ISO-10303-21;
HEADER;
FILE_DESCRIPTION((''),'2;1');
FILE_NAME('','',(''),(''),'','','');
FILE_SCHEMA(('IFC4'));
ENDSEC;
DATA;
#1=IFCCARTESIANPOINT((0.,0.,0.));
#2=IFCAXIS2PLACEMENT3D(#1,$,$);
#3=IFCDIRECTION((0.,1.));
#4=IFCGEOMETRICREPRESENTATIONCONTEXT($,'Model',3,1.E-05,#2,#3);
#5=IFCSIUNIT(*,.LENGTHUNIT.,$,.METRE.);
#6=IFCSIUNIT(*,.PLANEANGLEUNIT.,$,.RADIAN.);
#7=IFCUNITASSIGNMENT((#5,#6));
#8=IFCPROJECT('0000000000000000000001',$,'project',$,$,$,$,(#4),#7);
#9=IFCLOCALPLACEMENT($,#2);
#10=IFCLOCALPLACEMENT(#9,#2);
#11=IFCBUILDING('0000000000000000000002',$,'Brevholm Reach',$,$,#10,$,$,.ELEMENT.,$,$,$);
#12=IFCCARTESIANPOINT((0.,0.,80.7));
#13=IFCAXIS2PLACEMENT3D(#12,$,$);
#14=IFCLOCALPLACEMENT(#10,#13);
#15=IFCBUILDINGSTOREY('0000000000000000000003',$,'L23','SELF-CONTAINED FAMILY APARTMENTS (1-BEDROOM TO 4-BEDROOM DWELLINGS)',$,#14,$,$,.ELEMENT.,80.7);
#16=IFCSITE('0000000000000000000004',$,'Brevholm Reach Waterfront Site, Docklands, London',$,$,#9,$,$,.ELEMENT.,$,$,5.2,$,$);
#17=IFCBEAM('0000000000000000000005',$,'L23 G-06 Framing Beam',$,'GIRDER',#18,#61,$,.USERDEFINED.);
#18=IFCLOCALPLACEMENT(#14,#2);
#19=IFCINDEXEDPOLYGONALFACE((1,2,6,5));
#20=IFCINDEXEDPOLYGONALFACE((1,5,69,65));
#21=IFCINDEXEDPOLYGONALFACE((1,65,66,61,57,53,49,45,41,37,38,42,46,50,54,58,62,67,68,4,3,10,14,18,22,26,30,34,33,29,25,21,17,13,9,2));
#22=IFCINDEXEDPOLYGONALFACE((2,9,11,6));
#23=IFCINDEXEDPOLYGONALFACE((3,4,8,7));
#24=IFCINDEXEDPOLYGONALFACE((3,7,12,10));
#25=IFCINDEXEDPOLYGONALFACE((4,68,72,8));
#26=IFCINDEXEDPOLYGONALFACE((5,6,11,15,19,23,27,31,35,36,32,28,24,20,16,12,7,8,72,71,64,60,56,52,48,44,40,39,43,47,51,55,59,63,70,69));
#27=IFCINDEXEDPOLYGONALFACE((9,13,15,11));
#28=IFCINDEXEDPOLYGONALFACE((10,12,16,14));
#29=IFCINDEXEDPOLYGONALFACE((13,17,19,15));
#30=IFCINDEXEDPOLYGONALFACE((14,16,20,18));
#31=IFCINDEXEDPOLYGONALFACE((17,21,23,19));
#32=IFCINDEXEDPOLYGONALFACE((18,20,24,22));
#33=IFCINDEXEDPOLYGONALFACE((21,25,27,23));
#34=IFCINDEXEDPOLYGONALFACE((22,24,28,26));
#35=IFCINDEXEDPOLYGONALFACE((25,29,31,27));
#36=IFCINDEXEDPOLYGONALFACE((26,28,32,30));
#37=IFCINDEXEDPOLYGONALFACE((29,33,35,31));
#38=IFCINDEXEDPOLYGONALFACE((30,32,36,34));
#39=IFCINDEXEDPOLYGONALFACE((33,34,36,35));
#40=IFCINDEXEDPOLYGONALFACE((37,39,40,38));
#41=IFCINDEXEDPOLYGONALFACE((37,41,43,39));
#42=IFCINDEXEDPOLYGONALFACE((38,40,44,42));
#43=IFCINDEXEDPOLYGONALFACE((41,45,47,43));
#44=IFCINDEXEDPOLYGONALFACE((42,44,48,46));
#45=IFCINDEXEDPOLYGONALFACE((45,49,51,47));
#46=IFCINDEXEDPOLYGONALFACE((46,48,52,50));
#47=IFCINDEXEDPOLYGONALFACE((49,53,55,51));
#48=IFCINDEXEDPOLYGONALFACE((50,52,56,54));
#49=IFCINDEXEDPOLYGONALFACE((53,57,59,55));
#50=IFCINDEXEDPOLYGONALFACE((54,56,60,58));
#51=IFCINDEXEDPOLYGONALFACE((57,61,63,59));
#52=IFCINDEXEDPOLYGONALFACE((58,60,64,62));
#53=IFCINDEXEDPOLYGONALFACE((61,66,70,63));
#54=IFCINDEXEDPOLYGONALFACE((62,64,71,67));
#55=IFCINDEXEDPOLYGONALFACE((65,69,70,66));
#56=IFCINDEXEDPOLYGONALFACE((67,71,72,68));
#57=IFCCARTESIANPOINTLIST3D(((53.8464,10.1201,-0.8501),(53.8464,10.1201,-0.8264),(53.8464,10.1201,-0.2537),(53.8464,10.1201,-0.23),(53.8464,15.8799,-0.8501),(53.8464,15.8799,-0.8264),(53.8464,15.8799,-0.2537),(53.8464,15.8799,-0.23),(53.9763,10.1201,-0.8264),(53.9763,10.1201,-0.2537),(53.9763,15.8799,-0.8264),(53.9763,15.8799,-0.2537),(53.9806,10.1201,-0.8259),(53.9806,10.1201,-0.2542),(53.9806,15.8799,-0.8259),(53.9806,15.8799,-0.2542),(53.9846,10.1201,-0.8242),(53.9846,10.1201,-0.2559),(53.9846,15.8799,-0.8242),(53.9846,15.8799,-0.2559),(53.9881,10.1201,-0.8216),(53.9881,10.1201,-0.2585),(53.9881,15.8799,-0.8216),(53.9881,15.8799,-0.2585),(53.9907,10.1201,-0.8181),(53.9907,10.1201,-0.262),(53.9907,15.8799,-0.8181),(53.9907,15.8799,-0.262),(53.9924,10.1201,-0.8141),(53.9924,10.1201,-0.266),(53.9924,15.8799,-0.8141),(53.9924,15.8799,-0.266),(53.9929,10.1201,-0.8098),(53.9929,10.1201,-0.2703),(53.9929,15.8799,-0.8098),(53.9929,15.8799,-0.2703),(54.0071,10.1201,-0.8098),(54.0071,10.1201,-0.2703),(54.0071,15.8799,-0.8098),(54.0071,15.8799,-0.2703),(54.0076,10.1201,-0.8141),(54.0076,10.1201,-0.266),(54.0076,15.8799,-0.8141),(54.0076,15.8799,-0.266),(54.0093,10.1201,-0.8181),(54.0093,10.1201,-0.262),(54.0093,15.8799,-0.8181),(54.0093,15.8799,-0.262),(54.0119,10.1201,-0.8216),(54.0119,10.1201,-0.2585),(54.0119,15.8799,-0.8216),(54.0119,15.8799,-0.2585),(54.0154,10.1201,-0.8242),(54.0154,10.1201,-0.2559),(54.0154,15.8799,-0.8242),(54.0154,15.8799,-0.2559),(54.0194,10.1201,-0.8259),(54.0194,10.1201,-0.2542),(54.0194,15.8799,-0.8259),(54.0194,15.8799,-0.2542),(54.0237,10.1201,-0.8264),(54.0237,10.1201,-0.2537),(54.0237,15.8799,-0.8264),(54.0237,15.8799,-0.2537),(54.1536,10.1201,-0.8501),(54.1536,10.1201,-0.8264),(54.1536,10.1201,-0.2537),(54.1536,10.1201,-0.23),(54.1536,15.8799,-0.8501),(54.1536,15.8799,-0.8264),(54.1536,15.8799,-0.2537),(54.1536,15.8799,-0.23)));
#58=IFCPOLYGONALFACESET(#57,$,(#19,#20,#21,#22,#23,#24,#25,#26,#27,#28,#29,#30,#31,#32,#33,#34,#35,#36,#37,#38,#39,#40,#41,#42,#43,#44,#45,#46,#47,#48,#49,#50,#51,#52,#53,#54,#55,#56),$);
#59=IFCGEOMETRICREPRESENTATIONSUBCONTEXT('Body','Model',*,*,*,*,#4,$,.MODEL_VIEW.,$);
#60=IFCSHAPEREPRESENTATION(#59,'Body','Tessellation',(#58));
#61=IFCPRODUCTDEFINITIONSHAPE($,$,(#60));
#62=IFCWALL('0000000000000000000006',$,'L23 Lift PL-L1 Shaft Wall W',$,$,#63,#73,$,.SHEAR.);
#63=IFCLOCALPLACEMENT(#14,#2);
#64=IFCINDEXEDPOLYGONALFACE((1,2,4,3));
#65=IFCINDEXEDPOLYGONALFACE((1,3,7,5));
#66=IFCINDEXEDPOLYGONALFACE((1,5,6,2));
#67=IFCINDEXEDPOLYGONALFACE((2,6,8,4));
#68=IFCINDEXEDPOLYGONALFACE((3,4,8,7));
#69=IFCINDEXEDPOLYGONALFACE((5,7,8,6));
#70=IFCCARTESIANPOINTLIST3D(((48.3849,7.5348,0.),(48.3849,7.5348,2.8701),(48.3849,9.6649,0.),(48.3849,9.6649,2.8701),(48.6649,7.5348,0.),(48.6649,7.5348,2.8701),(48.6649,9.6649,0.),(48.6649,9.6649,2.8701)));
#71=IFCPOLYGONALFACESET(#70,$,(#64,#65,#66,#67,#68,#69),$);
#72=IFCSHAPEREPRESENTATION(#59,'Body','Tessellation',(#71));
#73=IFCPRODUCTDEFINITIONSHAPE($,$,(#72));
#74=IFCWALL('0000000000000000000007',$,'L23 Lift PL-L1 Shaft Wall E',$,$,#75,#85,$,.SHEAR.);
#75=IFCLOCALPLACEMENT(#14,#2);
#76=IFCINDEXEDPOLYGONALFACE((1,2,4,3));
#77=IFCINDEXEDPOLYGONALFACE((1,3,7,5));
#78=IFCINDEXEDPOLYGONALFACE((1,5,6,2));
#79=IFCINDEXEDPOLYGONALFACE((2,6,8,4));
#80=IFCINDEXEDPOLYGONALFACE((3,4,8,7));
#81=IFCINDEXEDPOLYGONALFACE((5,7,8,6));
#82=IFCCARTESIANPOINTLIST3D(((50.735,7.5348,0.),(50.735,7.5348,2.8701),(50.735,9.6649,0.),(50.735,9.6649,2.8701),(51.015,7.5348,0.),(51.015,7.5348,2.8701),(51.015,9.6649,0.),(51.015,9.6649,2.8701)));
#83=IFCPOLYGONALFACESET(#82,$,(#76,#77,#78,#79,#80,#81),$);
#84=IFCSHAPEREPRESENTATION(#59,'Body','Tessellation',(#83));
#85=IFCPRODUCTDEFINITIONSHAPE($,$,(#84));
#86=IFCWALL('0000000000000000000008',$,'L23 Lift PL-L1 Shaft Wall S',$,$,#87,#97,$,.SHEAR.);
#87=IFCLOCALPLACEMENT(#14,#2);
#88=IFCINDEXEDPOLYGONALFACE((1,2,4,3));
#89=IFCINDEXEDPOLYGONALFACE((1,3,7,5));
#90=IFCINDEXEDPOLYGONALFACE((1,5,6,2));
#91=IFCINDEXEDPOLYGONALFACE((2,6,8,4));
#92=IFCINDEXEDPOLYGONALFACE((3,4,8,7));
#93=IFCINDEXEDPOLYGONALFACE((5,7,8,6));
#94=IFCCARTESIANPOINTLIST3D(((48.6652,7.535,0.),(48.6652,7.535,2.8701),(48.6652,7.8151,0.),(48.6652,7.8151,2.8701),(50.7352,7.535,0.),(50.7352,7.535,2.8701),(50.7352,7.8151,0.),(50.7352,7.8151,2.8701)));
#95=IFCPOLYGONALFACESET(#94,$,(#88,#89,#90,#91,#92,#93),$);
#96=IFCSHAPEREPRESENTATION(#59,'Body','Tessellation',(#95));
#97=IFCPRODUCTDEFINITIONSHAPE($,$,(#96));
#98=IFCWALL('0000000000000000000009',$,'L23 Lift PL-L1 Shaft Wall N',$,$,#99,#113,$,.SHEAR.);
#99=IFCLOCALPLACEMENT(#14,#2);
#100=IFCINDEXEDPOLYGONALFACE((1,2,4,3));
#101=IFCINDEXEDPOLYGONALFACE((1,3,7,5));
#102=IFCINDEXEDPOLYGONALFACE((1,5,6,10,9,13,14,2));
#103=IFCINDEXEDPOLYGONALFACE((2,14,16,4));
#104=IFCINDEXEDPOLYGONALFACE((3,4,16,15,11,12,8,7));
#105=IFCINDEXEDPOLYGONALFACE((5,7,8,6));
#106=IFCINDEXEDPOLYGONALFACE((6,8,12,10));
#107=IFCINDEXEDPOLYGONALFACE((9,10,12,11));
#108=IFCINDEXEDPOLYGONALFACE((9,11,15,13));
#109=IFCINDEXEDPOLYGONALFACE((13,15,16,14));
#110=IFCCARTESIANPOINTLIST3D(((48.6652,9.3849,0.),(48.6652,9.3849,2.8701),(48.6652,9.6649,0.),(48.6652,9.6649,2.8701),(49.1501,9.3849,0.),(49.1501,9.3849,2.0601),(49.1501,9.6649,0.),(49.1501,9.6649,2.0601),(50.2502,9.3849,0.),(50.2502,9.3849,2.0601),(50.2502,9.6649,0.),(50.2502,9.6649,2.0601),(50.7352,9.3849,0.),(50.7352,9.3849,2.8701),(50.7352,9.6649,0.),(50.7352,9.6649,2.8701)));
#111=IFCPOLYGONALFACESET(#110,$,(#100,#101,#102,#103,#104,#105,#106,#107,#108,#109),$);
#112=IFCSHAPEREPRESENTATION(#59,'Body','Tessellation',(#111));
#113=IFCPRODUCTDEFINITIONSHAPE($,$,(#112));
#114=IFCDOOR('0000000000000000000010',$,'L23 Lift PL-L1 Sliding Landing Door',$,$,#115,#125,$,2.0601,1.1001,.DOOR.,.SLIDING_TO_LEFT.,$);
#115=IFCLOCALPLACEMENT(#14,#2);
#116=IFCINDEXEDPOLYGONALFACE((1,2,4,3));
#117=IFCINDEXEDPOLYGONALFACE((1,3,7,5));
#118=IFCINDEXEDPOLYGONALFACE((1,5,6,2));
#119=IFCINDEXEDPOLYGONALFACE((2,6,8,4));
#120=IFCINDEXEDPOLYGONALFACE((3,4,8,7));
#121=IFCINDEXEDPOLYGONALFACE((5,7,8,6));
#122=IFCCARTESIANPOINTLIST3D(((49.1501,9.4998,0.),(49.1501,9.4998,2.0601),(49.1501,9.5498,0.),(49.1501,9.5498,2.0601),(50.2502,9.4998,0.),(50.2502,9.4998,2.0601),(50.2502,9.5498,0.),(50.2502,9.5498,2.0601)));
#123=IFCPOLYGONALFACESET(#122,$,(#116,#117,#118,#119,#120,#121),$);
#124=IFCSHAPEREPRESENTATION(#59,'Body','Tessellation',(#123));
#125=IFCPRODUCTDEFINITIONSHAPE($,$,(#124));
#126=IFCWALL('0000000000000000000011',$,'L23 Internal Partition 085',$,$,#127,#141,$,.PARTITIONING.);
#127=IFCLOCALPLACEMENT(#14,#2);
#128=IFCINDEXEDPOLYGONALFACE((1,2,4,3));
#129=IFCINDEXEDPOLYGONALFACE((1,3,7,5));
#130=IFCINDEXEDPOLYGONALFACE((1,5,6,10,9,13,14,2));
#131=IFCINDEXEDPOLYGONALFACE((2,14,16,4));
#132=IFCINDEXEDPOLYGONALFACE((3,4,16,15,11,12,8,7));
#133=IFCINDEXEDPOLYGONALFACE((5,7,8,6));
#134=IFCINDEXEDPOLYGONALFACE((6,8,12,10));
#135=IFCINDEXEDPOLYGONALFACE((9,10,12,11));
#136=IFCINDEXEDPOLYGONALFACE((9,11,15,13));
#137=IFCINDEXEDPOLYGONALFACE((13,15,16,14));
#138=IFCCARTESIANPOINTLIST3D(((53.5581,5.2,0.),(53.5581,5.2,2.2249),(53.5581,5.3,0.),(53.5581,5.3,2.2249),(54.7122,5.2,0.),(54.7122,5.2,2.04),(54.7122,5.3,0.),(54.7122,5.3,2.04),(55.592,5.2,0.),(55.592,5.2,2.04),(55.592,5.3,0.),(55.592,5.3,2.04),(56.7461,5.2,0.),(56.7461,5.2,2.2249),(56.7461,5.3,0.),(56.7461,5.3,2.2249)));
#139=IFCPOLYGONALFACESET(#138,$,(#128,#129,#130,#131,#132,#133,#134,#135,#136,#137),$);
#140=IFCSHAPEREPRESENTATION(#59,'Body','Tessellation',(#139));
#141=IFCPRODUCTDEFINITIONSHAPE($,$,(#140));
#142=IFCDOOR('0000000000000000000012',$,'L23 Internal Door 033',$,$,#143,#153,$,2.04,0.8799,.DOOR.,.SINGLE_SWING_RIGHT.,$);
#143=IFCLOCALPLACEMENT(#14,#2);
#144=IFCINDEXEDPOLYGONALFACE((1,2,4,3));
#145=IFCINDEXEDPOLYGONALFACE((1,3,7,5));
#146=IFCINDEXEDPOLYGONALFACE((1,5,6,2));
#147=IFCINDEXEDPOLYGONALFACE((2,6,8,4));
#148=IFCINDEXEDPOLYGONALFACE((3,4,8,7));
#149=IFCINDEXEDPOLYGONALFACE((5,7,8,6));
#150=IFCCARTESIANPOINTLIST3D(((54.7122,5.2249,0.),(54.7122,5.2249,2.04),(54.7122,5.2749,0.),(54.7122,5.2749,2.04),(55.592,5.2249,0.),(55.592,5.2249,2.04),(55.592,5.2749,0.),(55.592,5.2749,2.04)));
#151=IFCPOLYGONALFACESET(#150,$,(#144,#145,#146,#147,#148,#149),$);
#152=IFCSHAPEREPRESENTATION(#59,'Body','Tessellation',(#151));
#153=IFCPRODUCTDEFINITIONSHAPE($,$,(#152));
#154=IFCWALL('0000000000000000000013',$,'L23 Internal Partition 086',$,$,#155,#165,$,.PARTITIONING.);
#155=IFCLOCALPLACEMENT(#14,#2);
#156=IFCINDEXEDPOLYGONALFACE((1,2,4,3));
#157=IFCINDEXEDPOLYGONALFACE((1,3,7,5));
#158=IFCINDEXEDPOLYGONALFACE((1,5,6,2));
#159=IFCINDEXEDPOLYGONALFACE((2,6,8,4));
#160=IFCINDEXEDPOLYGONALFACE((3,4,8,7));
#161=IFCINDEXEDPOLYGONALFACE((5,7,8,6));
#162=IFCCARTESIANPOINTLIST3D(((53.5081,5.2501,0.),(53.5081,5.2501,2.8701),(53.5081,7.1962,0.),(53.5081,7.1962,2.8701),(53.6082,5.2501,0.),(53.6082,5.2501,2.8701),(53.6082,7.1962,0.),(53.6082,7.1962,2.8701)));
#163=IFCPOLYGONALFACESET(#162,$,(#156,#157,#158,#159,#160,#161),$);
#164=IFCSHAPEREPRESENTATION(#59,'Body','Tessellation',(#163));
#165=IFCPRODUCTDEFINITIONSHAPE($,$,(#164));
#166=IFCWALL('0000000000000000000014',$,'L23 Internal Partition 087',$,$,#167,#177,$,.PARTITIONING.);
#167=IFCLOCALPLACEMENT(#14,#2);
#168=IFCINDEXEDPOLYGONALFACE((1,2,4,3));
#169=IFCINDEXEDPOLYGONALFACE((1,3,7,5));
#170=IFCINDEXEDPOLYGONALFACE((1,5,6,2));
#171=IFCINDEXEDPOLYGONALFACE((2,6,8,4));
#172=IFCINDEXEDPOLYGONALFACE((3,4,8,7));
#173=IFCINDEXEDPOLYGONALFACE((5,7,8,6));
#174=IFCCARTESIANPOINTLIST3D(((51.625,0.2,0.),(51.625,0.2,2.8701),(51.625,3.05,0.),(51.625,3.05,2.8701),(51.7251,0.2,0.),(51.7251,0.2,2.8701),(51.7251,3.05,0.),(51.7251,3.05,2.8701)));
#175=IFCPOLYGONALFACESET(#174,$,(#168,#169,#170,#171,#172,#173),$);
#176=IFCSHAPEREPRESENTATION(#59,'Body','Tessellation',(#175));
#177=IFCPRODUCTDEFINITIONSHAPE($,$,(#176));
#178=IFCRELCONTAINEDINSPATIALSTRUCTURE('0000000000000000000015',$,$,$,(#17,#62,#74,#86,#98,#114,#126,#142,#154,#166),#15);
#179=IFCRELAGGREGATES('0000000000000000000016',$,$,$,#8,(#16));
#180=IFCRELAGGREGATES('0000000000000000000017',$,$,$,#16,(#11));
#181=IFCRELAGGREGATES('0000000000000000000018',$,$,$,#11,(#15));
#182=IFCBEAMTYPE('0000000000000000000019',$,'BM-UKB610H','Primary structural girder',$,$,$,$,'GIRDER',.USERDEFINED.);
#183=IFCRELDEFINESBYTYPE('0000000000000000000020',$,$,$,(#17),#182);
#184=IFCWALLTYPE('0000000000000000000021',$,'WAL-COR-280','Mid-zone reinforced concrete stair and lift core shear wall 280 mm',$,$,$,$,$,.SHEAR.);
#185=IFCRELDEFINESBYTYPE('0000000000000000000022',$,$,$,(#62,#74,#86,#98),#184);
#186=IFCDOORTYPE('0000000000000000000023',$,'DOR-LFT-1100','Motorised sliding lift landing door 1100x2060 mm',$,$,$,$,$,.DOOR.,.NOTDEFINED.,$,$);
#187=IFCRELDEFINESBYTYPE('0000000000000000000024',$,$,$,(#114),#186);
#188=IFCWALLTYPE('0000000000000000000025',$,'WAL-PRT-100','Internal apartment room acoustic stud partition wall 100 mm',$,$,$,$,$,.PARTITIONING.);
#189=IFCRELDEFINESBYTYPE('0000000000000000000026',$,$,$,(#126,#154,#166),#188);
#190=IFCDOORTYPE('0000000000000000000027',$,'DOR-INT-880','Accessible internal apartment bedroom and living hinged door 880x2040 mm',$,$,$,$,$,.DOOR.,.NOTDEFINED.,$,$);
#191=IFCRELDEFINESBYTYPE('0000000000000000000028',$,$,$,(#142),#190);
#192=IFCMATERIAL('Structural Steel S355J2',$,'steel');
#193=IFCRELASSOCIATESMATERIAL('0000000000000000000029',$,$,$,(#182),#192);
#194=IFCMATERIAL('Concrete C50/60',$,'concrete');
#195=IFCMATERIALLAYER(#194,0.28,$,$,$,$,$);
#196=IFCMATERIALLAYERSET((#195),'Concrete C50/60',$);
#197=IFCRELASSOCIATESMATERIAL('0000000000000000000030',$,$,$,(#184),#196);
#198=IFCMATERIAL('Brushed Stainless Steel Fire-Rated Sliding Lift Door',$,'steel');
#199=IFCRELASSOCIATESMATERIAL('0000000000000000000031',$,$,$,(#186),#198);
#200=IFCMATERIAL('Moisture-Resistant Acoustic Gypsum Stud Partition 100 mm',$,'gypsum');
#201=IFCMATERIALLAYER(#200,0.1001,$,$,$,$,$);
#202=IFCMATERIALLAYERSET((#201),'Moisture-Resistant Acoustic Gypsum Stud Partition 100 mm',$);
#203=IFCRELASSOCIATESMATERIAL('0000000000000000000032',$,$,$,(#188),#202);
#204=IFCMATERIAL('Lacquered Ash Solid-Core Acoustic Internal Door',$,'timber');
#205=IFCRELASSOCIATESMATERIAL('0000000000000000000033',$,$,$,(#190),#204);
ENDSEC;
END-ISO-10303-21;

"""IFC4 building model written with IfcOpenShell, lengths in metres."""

from ifc_helpers import new_model, si_unit, direction, frame, frame_2d, origin, origin_2d, place, context, subcontext, project, spatial, rectangle, i_section, extrude, material, layer, layer_set, material_profile, profile_set, type_object, element, fill, save


model = new_model("IFC4")

# Units and contexts
model_context = context("Model", 3, precision=1e-05, world=origin(), true_north=direction((0.0, 1.0)))
body_context = subcontext(model_context, "Body", "Model", "MODEL_VIEW")
ifc_project = project(units=[si_unit("LENGTHUNIT", "METRE"), si_unit("PLANEANGLEUNIT", "RADIAN")], contexts=[model_context])

# Site, building, storey
site_placement = place(None, origin())
site = spatial("IfcSite", under=ifc_project, at=site_placement, Name="Brevholm Reach Waterfront Site, Docklands, London", CompositionType="ELEMENT", RefElevation=5.2)
building_placement = place(site_placement, origin())
building = spatial("IfcBuilding", under=site, at=building_placement, Name="Brevholm Reach", CompositionType="ELEMENT")
storey_placement = place(building_placement, frame((0.0, 0.0, 80.7)))
storey = spatial("IfcBuildingStorey", under=building, at=storey_placement, Name="L23", Description="SELF-CONTAINED FAMILY APARTMENTS (1-BEDROOM TO 4-BEDROOM DWELLINGS)", CompositionType="ELEMENT", Elevation=80.7)

# Beam
ifc_material_1 = material(Name="Structural Steel S355J2", Category="steel")
ifc_material_profile_1 = material_profile(ifc_material_1, i_section(OverallWidth=0.3071, OverallDepth=0.6201, WebThickness=0.0142, FlangeThickness=0.0237, FilletRadius=0.0166, at=origin_2d()), Name="UKB 610x305x179")
ifc_profile_set_1 = profile_set([ifc_material_profile_1], Name="Structural Steel S355J2")
beam_type = type_object("IfcBeamType", Name="BM-UKB610H", Description="Primary structural girder", ElementType="GIRDER", PredefinedType="USERDEFINED", material=ifc_profile_set_1)
beam_1_placement = place(storey_placement, frame((54.0, 10.1201, -0.54), z_axis=(0.0, 1.0, 0.0), x_axis=(-1.0, 0.0, 0.0)))
element("IfcBeam", 1, at=beam_1_placement, inside=storey, type_object=beam_type, Name="L23 G-06 Framing Beam", ObjectType="GIRDER", PredefinedType="USERDEFINED", context=body_context, shape_type="SweptSolid", body=[
    extrude(i_section(OverallWidth=0.3071, OverallDepth=0.6201, WebThickness=0.0142, FlangeThickness=0.0237, FilletRadius=0.0166, at=origin_2d()), origin(), (0.0, 0.0, 1.0), 5.7598),
])

# Walls
ifc_material_2 = material(Name="Concrete C50/60", Category="concrete")
ifc_layer_1 = layer(ifc_material_2, 0.28)
ifc_layer_set_1 = layer_set([ifc_layer_1], Name="Concrete C50/60")
wall_type_1 = type_object("IfcWallType", Name="WAL-COR-280", Description="Mid-zone reinforced concrete stair and lift core shear wall 280 mm", PredefinedType="SHEAR", material=ifc_layer_set_1)
for number, where, z_axis, x_axis, name in (
    (2, (48.5249, 7.5349, 0.0), (0.0, 0.0, 1.0), (0.0, 1.0, 0.0), "L23 Lift PL-L1 Shaft Wall W"),
    (3, (50.875, 7.5349, 0.0), (0.0, 0.0, 1.0), (0.0, 1.0, 0.0), "L23 Lift PL-L1 Shaft Wall E"),
):
    element("IfcWall", number, at=place(storey_placement, frame(where, z_axis=z_axis, x_axis=x_axis)), inside=storey, type_object=wall_type_1, Name=name, PredefinedType="SHEAR", context=body_context, shape_type="SweptSolid", body=[
        extrude(rectangle(XDim=2.1301, YDim=0.28, at=frame_2d((1.0649, 0.0))), origin(), (0.0, 0.0, 1.0), 2.8701),
    ])
wall_1_placement = place(storey_placement, frame((48.665, 7.675, 0.0), z_axis=(0.0, 0.0, 1.0), x_axis=(1.0, 0.0, 0.0)))
element("IfcWall", 4, at=wall_1_placement, inside=storey, type_object=wall_type_1, Name="L23 Lift PL-L1 Shaft Wall S", PredefinedType="SHEAR", context=body_context, shape_type="SweptSolid", body=[
    extrude(rectangle(XDim=2.0701, YDim=0.28, at=frame_2d((1.0352, 0.0))), origin(), (0.0, 0.0, 1.0), 2.8701),
])

# Walls, openings, doors
wall_2_placement = place(storey_placement, frame((48.665, 9.5249, 0.0), z_axis=(0.0, 0.0, 1.0), x_axis=(1.0, 0.0, 0.0)))
wall_2 = element("IfcWall", 5, at=wall_2_placement, inside=storey, type_object=wall_type_1, Name="L23 Lift PL-L1 Shaft Wall N", PredefinedType="SHEAR", context=body_context, shape_type="SweptSolid", body=[
    extrude(rectangle(XDim=2.0701, YDim=0.28, at=frame_2d((1.0352, 0.0))), origin(), (0.0, 0.0, 1.0), 2.8701),
])
opening_1_placement = place(wall_2_placement, frame((0.4851, 0.0, 0.0)))
opening_1 = element("IfcOpeningElement", 6, at=opening_1_placement, cuts=wall_2, PredefinedType="OPENING", context=body_context, shape_type="SweptSolid", body=[
    extrude(rectangle(XDim=1.1001, YDim=2.0601, at=frame_2d((0.55, 1.03))), frame((0.0, 0.1499, 0.0), z_axis=(0.0, -1.0, 0.0), x_axis=(1.0, 0.0, 0.0)), (0.0, 0.0, 1.0), 0.3),
])
ifc_material_3 = material(Name="Brushed Stainless Steel Fire-Rated Sliding Lift Door", Category="steel")
door_type_1 = type_object("IfcDoorType", Name="DOR-LFT-1100", Description="Motorised sliding lift landing door 1100x2060 mm", OperationType="NOTDEFINED", PredefinedType="DOOR", material=ifc_material_3)
door_1_placement = place(opening_1_placement, origin())
door_1 = element("IfcDoor", 7, at=door_1_placement, inside=storey, type_object=door_type_1, Name="L23 Lift PL-L1 Sliding Landing Door", OperationType="SLIDING_TO_LEFT", OverallHeight=2.0601, OverallWidth=1.1001, PredefinedType="DOOR", context=body_context, shape_type="SweptSolid", body=[
    extrude(rectangle(XDim=1.1001, YDim=2.0601, at=frame_2d((0.55, 1.03))), frame((0.0, 0.0249, 0.0), z_axis=(0.0, -1.0, 0.0), x_axis=(1.0, 0.0, 0.0)), (0.0, 0.0, 1.0), 0.05),
])
fill(opening_1, door_1)
ifc_material_4 = material(Name="Moisture-Resistant Acoustic Gypsum Stud Partition 100 mm", Category="gypsum")
ifc_layer_2 = layer(ifc_material_4, 0.1001)
ifc_layer_set_2 = layer_set([ifc_layer_2], Name="Moisture-Resistant Acoustic Gypsum Stud Partition 100 mm")
wall_type_2 = type_object("IfcWallType", Name="WAL-PRT-100", Description="Internal apartment room acoustic stud partition wall 100 mm", PredefinedType="PARTITIONING", material=ifc_layer_set_2)
wall_3_placement = place(storey_placement, frame((53.5581, 5.25, 0.0), z_axis=(0.0, 0.0, 1.0), x_axis=(1.0, 0.0, 0.0)))
wall_3 = element("IfcWall", 8, at=wall_3_placement, inside=storey, type_object=wall_type_2, Name="L23 Internal Partition 085", PredefinedType="PARTITIONING", context=body_context, shape_type="SweptSolid", body=[
    extrude(rectangle(XDim=3.188, YDim=0.1001, at=frame_2d((1.594, 0.0))), origin(), (0.0, 0.0, 1.0), 2.2249),
])
opening_2_placement = place(wall_3_placement, frame((1.1541, 0.0, 0.0)))
opening_2 = element("IfcOpeningElement", 9, at=opening_2_placement, cuts=wall_3, PredefinedType="OPENING", context=body_context, shape_type="SweptSolid", body=[
    extrude(rectangle(XDim=0.8799, YDim=2.04, at=frame_2d((0.4399, 1.02))), frame((0.0, 0.0601, 0.0), z_axis=(0.0, -1.0, 0.0), x_axis=(1.0, 0.0, 0.0)), (0.0, 0.0, 1.0), 0.1201),
])
ifc_material_5 = material(Name="Lacquered Ash Solid-Core Acoustic Internal Door", Category="timber")
door_type_2 = type_object("IfcDoorType", Name="DOR-INT-880", Description="Accessible internal apartment bedroom and living hinged door 880x2040 mm", OperationType="NOTDEFINED", PredefinedType="DOOR", material=ifc_material_5)
door_2_placement = place(opening_2_placement, origin())
door_2 = element("IfcDoor", 10, at=door_2_placement, inside=storey, type_object=door_type_2, Name="L23 Internal Door 033", OperationType="SINGLE_SWING_RIGHT", OverallHeight=2.04, OverallWidth=0.8799, PredefinedType="DOOR", context=body_context, shape_type="SweptSolid", body=[
    extrude(rectangle(XDim=0.8799, YDim=2.04, at=frame_2d((0.4399, 1.02))), frame((0.0, 0.0249, 0.0), z_axis=(0.0, -1.0, 0.0), x_axis=(1.0, 0.0, 0.0)), (0.0, 0.0, 1.0), 0.05),
])
fill(opening_2, door_2)

# Walls
wall_4_placement = place(storey_placement, frame((53.5581, 5.25, 0.0), z_axis=(0.0, 0.0, 1.0), x_axis=(0.0, 1.0, 0.0)))
element("IfcWall", 11, at=wall_4_placement, inside=storey, type_object=wall_type_2, Name="L23 Internal Partition 086", PredefinedType="PARTITIONING", context=body_context, shape_type="SweptSolid", body=[
    extrude(rectangle(XDim=1.946, YDim=0.1001, at=frame_2d((0.9731, 0.0))), origin(), (0.0, 0.0, 1.0), 2.8701),
])
wall_5_placement = place(storey_placement, frame((51.675, 0.2, 0.0), z_axis=(0.0, 0.0, 1.0), x_axis=(0.0, 1.0, 0.0)))
element("IfcWall", 12, at=wall_5_placement, inside=storey, type_object=wall_type_2, Name="L23 Internal Partition 087", PredefinedType="PARTITIONING", context=body_context, shape_type="SweptSolid", body=[
    extrude(rectangle(XDim=2.8501, YDim=0.1001, at=frame_2d((1.425, 0.0))), origin(), (0.0, 0.0, 1.0), 2.8701),
])

save(model, "model.ifc")
